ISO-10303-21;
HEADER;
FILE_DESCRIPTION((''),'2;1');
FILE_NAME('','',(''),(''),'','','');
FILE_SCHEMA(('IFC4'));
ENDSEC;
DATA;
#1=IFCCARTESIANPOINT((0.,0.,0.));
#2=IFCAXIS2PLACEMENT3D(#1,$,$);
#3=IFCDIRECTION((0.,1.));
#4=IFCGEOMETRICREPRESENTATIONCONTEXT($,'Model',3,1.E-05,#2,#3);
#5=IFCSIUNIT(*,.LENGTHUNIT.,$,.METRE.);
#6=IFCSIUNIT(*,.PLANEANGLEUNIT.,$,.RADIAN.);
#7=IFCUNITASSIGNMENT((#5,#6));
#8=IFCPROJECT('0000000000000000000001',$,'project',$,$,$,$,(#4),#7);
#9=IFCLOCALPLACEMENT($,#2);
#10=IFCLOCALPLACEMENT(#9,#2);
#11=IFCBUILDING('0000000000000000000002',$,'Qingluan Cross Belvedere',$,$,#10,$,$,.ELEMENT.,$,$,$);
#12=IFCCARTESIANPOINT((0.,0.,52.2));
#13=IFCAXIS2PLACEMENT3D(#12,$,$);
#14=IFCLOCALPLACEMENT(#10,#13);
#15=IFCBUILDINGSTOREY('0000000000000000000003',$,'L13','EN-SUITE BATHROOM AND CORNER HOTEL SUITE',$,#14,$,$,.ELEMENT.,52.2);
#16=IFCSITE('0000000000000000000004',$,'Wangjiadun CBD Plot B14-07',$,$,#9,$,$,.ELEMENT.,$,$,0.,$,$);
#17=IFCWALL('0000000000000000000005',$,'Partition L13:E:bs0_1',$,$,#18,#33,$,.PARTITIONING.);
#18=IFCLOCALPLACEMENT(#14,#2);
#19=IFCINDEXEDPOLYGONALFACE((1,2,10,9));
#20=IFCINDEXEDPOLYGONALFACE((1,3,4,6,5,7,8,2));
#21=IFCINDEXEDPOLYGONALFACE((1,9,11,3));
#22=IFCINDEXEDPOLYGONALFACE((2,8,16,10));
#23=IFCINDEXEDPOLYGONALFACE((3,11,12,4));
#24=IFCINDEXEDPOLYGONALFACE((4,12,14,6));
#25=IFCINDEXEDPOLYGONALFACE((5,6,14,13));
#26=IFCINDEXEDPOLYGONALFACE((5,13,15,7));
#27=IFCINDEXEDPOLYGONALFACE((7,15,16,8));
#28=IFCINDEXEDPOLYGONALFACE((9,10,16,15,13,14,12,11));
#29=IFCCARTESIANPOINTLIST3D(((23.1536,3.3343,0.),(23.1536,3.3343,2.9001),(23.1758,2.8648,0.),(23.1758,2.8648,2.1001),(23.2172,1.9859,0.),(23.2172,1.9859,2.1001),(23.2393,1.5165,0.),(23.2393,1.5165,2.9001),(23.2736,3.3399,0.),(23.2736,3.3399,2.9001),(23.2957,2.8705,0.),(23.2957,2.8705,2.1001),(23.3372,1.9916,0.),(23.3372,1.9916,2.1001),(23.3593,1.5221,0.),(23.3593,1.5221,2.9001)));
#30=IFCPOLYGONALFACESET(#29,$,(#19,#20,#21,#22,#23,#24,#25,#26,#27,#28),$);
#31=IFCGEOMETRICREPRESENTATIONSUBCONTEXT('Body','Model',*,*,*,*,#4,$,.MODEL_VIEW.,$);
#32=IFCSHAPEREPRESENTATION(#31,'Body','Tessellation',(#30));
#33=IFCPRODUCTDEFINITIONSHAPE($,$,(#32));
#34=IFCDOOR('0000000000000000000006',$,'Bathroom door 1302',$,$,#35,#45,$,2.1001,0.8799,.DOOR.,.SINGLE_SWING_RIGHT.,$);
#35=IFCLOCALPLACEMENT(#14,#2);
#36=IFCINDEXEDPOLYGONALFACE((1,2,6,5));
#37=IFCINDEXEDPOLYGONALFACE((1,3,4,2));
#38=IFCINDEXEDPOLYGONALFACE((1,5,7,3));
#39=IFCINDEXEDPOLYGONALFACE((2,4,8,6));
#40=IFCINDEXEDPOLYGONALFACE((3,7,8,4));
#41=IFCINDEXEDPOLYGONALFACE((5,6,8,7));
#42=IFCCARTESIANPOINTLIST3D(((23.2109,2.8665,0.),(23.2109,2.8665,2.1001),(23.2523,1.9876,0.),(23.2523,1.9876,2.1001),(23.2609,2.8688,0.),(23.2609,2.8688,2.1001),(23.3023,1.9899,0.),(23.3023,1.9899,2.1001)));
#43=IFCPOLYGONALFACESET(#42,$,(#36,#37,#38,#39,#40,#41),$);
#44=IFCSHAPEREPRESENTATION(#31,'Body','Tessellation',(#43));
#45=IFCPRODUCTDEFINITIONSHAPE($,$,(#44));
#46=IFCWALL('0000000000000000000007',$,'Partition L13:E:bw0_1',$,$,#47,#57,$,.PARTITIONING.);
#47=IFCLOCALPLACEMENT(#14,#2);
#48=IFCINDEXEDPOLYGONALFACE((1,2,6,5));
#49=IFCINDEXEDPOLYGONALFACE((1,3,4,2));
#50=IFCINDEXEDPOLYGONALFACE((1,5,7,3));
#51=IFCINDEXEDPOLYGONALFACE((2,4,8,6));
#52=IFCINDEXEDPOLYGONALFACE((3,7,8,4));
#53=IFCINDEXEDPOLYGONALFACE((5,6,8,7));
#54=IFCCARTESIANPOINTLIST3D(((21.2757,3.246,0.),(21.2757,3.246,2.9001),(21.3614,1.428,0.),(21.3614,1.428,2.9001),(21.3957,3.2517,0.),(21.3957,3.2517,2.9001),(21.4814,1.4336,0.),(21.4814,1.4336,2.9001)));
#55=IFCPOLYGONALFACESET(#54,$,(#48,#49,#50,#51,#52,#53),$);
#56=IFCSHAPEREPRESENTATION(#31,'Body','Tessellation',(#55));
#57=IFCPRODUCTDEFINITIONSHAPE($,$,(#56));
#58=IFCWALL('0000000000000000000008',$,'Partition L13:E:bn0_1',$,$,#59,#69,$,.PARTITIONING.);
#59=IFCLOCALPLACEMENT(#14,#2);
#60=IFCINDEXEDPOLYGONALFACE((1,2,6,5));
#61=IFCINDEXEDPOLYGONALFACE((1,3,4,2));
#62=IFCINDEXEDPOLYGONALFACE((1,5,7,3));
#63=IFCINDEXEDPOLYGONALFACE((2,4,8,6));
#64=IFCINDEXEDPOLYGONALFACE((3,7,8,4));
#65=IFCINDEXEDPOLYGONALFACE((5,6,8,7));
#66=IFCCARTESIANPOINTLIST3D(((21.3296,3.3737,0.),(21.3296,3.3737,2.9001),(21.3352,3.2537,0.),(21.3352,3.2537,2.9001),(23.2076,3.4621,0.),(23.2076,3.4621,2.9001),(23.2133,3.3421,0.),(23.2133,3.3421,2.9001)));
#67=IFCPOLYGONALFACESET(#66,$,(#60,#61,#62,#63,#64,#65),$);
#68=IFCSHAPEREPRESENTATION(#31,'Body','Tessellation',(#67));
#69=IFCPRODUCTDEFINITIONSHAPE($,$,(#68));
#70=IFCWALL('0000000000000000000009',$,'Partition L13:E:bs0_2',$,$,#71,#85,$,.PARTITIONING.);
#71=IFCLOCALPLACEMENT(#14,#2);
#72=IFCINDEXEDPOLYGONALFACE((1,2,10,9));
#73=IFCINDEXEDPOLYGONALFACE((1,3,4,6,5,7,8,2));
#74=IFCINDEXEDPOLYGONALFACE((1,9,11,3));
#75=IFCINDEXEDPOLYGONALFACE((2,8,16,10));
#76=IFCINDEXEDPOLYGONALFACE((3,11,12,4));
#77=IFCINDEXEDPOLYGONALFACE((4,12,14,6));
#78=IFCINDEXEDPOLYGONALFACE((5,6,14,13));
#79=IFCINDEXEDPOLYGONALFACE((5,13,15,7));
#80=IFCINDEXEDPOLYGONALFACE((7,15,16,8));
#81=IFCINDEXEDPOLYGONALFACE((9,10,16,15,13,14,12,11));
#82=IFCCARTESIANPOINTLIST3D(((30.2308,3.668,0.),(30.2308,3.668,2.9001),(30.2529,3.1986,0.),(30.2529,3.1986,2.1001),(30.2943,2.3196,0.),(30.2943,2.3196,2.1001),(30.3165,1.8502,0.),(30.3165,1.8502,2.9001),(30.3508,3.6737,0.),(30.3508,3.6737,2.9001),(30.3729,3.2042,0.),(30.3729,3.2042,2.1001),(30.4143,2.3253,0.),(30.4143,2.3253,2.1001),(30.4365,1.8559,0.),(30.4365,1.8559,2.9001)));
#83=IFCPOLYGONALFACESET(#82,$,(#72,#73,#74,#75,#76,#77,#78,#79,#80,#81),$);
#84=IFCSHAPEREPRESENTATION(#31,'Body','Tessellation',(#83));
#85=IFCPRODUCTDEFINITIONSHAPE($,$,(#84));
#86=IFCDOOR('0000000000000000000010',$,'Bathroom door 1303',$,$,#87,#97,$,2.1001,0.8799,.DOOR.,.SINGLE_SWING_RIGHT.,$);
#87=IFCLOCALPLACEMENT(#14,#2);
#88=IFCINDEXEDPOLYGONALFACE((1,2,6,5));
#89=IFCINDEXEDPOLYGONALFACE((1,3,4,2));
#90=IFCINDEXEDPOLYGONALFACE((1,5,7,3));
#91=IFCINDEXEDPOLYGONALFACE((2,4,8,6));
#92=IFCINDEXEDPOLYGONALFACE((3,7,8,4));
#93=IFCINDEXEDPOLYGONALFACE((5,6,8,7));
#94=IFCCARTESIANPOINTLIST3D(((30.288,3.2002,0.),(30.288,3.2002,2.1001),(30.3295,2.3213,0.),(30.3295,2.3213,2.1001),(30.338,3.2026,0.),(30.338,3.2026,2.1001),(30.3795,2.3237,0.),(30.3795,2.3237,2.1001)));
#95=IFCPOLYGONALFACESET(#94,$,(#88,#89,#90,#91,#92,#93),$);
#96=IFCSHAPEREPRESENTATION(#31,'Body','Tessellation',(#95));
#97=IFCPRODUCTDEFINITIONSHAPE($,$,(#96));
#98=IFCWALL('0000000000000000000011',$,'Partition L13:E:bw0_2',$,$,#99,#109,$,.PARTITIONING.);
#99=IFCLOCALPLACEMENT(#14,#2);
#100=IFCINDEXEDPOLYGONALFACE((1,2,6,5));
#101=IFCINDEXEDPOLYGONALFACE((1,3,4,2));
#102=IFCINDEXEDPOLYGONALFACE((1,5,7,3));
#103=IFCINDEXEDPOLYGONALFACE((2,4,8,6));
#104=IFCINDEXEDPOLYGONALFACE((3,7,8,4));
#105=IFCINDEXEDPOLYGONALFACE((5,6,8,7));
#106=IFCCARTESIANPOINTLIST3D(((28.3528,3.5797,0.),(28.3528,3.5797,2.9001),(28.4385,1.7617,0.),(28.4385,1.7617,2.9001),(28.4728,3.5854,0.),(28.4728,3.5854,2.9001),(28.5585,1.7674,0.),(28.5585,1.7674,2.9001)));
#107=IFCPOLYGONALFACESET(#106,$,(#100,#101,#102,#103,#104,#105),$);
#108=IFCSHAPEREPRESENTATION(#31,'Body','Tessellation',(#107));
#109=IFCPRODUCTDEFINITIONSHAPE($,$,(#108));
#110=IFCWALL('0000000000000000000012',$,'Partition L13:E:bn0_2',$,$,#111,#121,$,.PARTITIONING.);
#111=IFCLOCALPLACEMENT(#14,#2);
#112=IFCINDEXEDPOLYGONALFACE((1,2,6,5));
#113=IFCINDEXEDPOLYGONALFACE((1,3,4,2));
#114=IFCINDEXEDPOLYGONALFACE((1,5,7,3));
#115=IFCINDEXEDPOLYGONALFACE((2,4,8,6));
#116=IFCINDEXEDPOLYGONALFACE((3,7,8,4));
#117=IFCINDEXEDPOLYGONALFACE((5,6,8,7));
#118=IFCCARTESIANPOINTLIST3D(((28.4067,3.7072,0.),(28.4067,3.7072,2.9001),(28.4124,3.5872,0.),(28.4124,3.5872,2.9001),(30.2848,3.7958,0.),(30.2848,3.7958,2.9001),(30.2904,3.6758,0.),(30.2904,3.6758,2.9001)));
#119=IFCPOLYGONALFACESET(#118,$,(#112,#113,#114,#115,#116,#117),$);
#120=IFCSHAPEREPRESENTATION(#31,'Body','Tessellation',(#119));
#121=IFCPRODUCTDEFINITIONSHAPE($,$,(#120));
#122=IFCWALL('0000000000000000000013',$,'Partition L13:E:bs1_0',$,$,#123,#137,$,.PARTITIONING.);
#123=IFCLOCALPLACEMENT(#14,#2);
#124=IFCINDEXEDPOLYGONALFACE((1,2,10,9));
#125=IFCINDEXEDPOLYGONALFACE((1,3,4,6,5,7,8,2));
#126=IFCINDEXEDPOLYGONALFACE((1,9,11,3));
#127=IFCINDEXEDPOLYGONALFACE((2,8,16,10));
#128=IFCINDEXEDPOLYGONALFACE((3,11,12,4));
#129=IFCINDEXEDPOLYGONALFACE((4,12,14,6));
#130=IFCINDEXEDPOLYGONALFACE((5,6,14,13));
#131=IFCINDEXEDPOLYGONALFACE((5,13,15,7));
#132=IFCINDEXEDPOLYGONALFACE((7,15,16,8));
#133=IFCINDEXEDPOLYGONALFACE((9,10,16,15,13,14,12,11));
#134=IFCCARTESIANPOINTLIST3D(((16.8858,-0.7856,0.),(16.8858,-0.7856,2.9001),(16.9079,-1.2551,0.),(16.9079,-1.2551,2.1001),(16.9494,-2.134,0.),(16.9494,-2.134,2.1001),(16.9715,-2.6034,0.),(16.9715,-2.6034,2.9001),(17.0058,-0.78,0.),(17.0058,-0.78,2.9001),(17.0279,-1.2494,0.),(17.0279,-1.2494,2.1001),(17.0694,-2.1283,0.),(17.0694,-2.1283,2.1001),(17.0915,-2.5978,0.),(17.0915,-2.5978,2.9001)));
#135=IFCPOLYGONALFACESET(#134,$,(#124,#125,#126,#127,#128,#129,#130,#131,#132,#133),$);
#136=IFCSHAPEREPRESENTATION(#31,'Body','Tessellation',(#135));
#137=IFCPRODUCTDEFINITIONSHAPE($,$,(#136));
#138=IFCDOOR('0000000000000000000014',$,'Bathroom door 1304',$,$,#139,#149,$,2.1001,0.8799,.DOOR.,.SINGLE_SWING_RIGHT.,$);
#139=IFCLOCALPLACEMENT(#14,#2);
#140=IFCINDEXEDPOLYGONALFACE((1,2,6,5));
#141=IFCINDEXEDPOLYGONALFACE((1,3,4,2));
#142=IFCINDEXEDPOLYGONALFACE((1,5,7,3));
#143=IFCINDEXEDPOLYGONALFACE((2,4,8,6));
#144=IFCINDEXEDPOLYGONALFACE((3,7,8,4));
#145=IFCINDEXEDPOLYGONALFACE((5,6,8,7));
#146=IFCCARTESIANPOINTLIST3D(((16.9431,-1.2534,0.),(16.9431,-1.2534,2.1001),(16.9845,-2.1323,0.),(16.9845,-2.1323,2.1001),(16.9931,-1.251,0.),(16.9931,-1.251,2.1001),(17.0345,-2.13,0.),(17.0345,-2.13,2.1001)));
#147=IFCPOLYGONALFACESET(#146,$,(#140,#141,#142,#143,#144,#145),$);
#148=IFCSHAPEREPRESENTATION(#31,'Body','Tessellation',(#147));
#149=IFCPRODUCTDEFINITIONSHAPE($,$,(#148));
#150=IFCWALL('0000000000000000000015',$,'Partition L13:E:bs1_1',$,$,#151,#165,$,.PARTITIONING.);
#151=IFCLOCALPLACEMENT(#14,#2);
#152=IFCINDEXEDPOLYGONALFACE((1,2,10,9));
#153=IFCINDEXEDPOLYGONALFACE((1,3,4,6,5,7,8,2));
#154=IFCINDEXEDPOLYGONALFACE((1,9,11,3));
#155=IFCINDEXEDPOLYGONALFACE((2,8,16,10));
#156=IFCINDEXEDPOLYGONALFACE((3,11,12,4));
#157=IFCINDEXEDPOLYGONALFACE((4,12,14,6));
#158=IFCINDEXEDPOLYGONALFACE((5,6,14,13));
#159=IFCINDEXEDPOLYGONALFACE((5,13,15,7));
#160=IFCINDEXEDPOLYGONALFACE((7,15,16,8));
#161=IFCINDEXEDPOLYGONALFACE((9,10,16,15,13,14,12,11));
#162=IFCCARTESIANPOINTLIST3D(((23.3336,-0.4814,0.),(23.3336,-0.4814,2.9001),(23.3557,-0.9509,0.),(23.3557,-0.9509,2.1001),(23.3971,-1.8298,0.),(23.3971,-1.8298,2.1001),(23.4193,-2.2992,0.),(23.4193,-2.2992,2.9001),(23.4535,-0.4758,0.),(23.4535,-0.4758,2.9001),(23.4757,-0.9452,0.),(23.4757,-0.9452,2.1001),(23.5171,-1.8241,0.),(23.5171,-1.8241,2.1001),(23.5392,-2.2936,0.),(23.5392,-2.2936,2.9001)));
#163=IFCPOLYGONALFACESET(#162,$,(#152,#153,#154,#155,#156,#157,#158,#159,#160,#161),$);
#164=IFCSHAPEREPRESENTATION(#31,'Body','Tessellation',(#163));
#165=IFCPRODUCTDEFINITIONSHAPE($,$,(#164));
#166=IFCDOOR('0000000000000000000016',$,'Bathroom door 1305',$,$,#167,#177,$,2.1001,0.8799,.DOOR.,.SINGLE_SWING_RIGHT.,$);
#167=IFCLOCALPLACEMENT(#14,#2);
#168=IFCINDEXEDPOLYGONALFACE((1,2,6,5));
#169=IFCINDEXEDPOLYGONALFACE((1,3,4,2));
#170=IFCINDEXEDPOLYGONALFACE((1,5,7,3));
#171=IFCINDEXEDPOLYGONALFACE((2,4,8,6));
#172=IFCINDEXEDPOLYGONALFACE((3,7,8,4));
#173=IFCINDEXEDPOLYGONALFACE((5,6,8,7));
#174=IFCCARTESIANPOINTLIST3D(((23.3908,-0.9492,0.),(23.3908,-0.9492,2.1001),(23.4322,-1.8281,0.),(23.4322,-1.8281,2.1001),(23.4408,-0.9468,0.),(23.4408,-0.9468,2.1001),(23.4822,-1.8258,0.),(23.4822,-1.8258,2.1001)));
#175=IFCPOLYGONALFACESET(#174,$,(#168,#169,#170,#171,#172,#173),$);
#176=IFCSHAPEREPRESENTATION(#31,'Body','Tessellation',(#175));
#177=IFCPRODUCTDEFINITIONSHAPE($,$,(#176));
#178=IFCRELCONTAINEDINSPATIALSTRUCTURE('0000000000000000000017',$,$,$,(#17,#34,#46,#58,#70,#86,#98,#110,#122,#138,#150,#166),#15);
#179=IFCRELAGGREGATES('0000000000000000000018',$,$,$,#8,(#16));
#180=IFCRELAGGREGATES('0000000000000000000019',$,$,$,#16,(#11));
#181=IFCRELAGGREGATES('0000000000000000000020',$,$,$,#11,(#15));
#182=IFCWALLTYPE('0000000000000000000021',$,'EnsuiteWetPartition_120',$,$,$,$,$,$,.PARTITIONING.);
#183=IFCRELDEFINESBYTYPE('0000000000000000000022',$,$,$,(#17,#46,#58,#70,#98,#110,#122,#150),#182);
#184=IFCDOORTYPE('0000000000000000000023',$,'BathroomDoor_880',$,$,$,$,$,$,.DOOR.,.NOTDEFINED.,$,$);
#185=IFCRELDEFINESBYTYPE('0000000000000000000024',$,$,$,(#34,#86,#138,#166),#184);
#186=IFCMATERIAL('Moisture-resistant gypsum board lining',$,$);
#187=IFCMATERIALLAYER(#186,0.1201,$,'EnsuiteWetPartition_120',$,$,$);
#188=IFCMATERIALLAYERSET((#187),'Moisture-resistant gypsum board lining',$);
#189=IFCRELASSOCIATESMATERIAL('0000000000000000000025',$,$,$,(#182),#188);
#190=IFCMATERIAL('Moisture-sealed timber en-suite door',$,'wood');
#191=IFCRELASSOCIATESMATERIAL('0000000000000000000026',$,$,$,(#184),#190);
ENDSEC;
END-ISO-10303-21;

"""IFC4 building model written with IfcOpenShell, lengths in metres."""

from ifc_helpers import new_model, si_unit, direction, frame, frame_2d, origin, place, context, subcontext, project, spatial, rectangle, extrude, material, layer, layer_set, type_object, element, fill, save


model = new_model("IFC4")

# Units and contexts
model_context = context("Model", 3, precision=1e-05, world=origin(), true_north=direction((0.0, 1.0)))
body_context = subcontext(model_context, "Body", "Model", "MODEL_VIEW")
ifc_project = project(units=[si_unit("LENGTHUNIT", "METRE"), si_unit("PLANEANGLEUNIT", "RADIAN")], contexts=[model_context])

# Site, building, storey
site_placement = place(None, origin())
site = spatial("IfcSite", under=ifc_project, at=site_placement, Name="Wangjiadun CBD Plot B14-07", CompositionType="ELEMENT", RefElevation=0.0)
building_placement = place(site_placement, origin())
building = spatial("IfcBuilding", under=site, at=building_placement, Name="Qingluan Cross Belvedere", CompositionType="ELEMENT")
storey_placement = place(building_placement, frame((0.0, 0.0, 52.2)))
storey = spatial("IfcBuildingStorey", under=building, at=storey_placement, Name="L13", Description="EN-SUITE BATHROOM AND CORNER HOTEL SUITE", CompositionType="ELEMENT", Elevation=52.2)

# Shared definitions
ifc_material_1 = material(Name="Moisture-resistant gypsum board lining")
ifc_layer_1 = layer(ifc_material_1, 0.1201, Name="EnsuiteWetPartition_120")
ifc_layer_set_1 = layer_set([ifc_layer_1], Name="Moisture-resistant gypsum board lining")
wall_type_1 = type_object("IfcWallType", Name="EnsuiteWetPartition_120", PredefinedType="PARTITIONING", material=ifc_layer_set_1)
ifc_material_2 = material(Name="Moisture-sealed timber en-suite door", Category="wood")
door_type = type_object("IfcDoorType", Name="BathroomDoor_880", OperationType="NOTDEFINED", PredefinedType="DOOR", material=ifc_material_2)

# Wall, opening, door
wall_1_placement = place(storey_placement, frame((23.2993, 1.5193, 0.0), z_axis=(0.0, 0.0, 1.0), x_axis=(-0.047087, 0.998891, 0.0)))
wall_1 = element("IfcWall", 1, at=wall_1_placement, inside=storey, type_object=wall_type_1, Name="Partition L13:E:bs0_1", PredefinedType="PARTITIONING", context=body_context, shape_type="SweptSolid", body=[
    extrude(rectangle(XDim=1.8198, YDim=0.1201, at=frame_2d((0.9099, 0.0))), origin(), (0.0, 0.0, 1.0), 2.9001),
])
opening_1_placement = place(wall_1_placement, frame((0.47, 0.0, 0.0)))
opening_1 = element("IfcOpeningElement", 2, at=opening_1_placement, cuts=wall_1, PredefinedType="OPENING", context=body_context, shape_type="SweptSolid", body=[
    extrude(rectangle(XDim=0.8799, YDim=2.1001, at=frame_2d((0.4399, 1.05))), frame((0.0, 0.0701, 0.0), z_axis=(0.0, -1.0, 0.0), x_axis=(1.0, 0.0, 0.0)), (0.0, 0.0, 1.0), 0.1401),
])
door_1_placement = place(opening_1_placement, origin())
door_1 = element("IfcDoor", 3, at=door_1_placement, inside=storey, type_object=door_type, Name="Bathroom door 1302", OperationType="SINGLE_SWING_RIGHT", OverallHeight=2.1001, OverallWidth=0.8799, PredefinedType="DOOR", context=body_context, shape_type="SweptSolid", body=[
    extrude(rectangle(XDim=0.8799, YDim=2.1001, at=frame_2d((0.4399, 1.05))), frame((0.0, 0.0249, 0.0), z_axis=(0.0, -1.0, 0.0), x_axis=(1.0, 0.0, 0.0)), (0.0, 0.0, 1.0), 0.05),
])
fill(opening_1, door_1)

# Walls
wall_2_placement = place(storey_placement, frame((21.4214, 1.4307, 0.0), z_axis=(0.0, 0.0, 1.0), x_axis=(-0.047081, 0.998891, 0.0)))
element("IfcWall", 4, at=wall_2_placement, inside=storey, type_object=wall_type_1, Name="Partition L13:E:bw0_1", PredefinedType="PARTITIONING", context=body_context, shape_type="SweptSolid", body=[
    extrude(rectangle(XDim=1.8201, YDim=0.1201, at=frame_2d((0.9102, 0.0))), origin(), (0.0, 0.0, 1.0), 2.9001),
])
wall_3_placement = place(storey_placement, frame((21.3325, 3.3137, 0.0), z_axis=(0.0, 0.0, 1.0), x_axis=(0.998894, 0.04701, 0.0)))
element("IfcWall", 5, at=wall_3_placement, inside=storey, type_object=wall_type_1, Name="Partition L13:E:bn0_1", PredefinedType="PARTITIONING", context=body_context, shape_type="SweptSolid", body=[
    extrude(rectangle(XDim=1.8801, YDim=0.1201, at=frame_2d((0.9399, 0.0))), origin(), (0.0, 0.0, 1.0), 2.9001),
])

# Wall, opening, door
wall_4_placement = place(storey_placement, frame((30.3765, 1.853, 0.0), z_axis=(0.0, 0.0, 1.0), x_axis=(-0.047087, 0.998891, 0.0)))
wall_4 = element("IfcWall", 6, at=wall_4_placement, inside=storey, type_object=wall_type_1, Name="Partition L13:E:bs0_2", PredefinedType="PARTITIONING", context=body_context, shape_type="SweptSolid", body=[
    extrude(rectangle(XDim=1.8198, YDim=0.1201, at=frame_2d((0.9099, 0.0))), origin(), (0.0, 0.0, 1.0), 2.9001),
])
opening_2_placement = place(wall_4_placement, frame((0.47, 0.0, 0.0)))
opening_2 = element("IfcOpeningElement", 7, at=opening_2_placement, cuts=wall_4, PredefinedType="OPENING", context=body_context, shape_type="SweptSolid", body=[
    extrude(rectangle(XDim=0.8799, YDim=2.1001, at=frame_2d((0.4399, 1.05))), frame((0.0, 0.0701, 0.0), z_axis=(0.0, -1.0, 0.0), x_axis=(1.0, 0.0, 0.0)), (0.0, 0.0, 1.0), 0.1401),
])
door_2_placement = place(opening_2_placement, origin())
door_2 = element("IfcDoor", 8, at=door_2_placement, inside=storey, type_object=door_type, Name="Bathroom door 1303", OperationType="SINGLE_SWING_RIGHT", OverallHeight=2.1001, OverallWidth=0.8799, PredefinedType="DOOR", context=body_context, shape_type="SweptSolid", body=[
    extrude(rectangle(XDim=0.8799, YDim=2.1001, at=frame_2d((0.4399, 1.05))), frame((0.0, 0.0249, 0.0), z_axis=(0.0, -1.0, 0.0), x_axis=(1.0, 0.0, 0.0)), (0.0, 0.0, 1.0), 0.05),
])
fill(opening_2, door_2)

# Walls
wall_5_placement = place(storey_placement, frame((28.4985, 1.7644, 0.0), z_axis=(0.0, 0.0, 1.0), x_axis=(-0.047081, 0.998891, 0.0)))
element("IfcWall", 9, at=wall_5_placement, inside=storey, type_object=wall_type_1, Name="Partition L13:E:bw0_2", PredefinedType="PARTITIONING", context=body_context, shape_type="SweptSolid", body=[
    extrude(rectangle(XDim=1.8201, YDim=0.1201, at=frame_2d((0.9102, 0.0))), origin(), (0.0, 0.0, 1.0), 2.9001),
])
wall_6_placement = place(storey_placement, frame((28.4097, 3.6472, 0.0), z_axis=(0.0, 0.0, 1.0), x_axis=(0.998888, 0.047139, 0.0)))
element("IfcWall", 10, at=wall_6_placement, inside=storey, type_object=wall_type_1, Name="Partition L13:E:bn0_2", PredefinedType="PARTITIONING", context=body_context, shape_type="SweptSolid", body=[
    extrude(rectangle(XDim=1.8801, YDim=0.1201, at=frame_2d((0.9399, 0.0))), origin(), (0.0, 0.0, 1.0), 2.9001),
])

# Walls, openings, doors
wall_7_placement = place(storey_placement, frame((17.0315, -2.6006, 0.0), z_axis=(0.0, 0.0, 1.0), x_axis=(-0.047087, 0.998891, 0.0)))
wall_7 = element("IfcWall", 11, at=wall_7_placement, inside=storey, type_object=wall_type_1, Name="Partition L13:E:bs1_0", PredefinedType="PARTITIONING", context=body_context, shape_type="SweptSolid", body=[
    extrude(rectangle(XDim=1.8198, YDim=0.1201, at=frame_2d((0.9099, 0.0))), origin(), (0.0, 0.0, 1.0), 2.9001),
])
opening_3_placement = place(wall_7_placement, frame((0.47, 0.0, 0.0)))
opening_3 = element("IfcOpeningElement", 12, at=opening_3_placement, cuts=wall_7, PredefinedType="OPENING", context=body_context, shape_type="SweptSolid", body=[
    extrude(rectangle(XDim=0.8799, YDim=2.1001, at=frame_2d((0.4399, 1.05))), frame((0.0, 0.0701, 0.0), z_axis=(0.0, -1.0, 0.0), x_axis=(1.0, 0.0, 0.0)), (0.0, 0.0, 1.0), 0.1401),
])
door_3_placement = place(opening_3_placement, origin())
door_3 = element("IfcDoor", 13, at=door_3_placement, inside=storey, type_object=door_type, Name="Bathroom door 1304", OperationType="SINGLE_SWING_RIGHT", OverallHeight=2.1001, OverallWidth=0.8799, PredefinedType="DOOR", context=body_context, shape_type="SweptSolid", body=[
    extrude(rectangle(XDim=0.8799, YDim=2.1001, at=frame_2d((0.4399, 1.05))), frame((0.0, 0.0249, 0.0), z_axis=(0.0, -1.0, 0.0), x_axis=(1.0, 0.0, 0.0)), (0.0, 0.0, 1.0), 0.05),
])
fill(opening_3, door_3)
wall_8_placement = place(storey_placement, frame((23.4792, -2.2964, 0.0), z_axis=(0.0, 0.0, 1.0), x_axis=(-0.047087, 0.998891, 0.0)))
wall_8 = element("IfcWall", 14, at=wall_8_placement, inside=storey, type_object=wall_type_1, Name="Partition L13:E:bs1_1", PredefinedType="PARTITIONING", context=body_context, shape_type="SweptSolid", body=[
    extrude(rectangle(XDim=1.8198, YDim=0.1201, at=frame_2d((0.9099, 0.0))), origin(), (0.0, 0.0, 1.0), 2.9001),
])
opening_4_placement = place(wall_8_placement, frame((0.47, 0.0, 0.0)))
opening_4 = element("IfcOpeningElement", 15, at=opening_4_placement, cuts=wall_8, PredefinedType="OPENING", context=body_context, shape_type="SweptSolid", body=[
    extrude(rectangle(XDim=0.8799, YDim=2.1001, at=frame_2d((0.4399, 1.05))), frame((0.0, 0.0701, 0.0), z_axis=(0.0, -1.0, 0.0), x_axis=(1.0, 0.0, 0.0)), (0.0, 0.0, 1.0), 0.1401),
])
door_4_placement = place(opening_4_placement, origin())
door_4 = element("IfcDoor", 16, at=door_4_placement, inside=storey, type_object=door_type, Name="Bathroom door 1305", OperationType="SINGLE_SWING_RIGHT", OverallHeight=2.1001, OverallWidth=0.8799, PredefinedType="DOOR", context=body_context, shape_type="SweptSolid", body=[
    extrude(rectangle(XDim=0.8799, YDim=2.1001, at=frame_2d((0.4399, 1.05))), frame((0.0, 0.0249, 0.0), z_axis=(0.0, -1.0, 0.0), x_axis=(1.0, 0.0, 0.0)), (0.0, 0.0, 1.0), 0.05),
])
fill(opening_4, door_4)

save(model, "model.ifc")
